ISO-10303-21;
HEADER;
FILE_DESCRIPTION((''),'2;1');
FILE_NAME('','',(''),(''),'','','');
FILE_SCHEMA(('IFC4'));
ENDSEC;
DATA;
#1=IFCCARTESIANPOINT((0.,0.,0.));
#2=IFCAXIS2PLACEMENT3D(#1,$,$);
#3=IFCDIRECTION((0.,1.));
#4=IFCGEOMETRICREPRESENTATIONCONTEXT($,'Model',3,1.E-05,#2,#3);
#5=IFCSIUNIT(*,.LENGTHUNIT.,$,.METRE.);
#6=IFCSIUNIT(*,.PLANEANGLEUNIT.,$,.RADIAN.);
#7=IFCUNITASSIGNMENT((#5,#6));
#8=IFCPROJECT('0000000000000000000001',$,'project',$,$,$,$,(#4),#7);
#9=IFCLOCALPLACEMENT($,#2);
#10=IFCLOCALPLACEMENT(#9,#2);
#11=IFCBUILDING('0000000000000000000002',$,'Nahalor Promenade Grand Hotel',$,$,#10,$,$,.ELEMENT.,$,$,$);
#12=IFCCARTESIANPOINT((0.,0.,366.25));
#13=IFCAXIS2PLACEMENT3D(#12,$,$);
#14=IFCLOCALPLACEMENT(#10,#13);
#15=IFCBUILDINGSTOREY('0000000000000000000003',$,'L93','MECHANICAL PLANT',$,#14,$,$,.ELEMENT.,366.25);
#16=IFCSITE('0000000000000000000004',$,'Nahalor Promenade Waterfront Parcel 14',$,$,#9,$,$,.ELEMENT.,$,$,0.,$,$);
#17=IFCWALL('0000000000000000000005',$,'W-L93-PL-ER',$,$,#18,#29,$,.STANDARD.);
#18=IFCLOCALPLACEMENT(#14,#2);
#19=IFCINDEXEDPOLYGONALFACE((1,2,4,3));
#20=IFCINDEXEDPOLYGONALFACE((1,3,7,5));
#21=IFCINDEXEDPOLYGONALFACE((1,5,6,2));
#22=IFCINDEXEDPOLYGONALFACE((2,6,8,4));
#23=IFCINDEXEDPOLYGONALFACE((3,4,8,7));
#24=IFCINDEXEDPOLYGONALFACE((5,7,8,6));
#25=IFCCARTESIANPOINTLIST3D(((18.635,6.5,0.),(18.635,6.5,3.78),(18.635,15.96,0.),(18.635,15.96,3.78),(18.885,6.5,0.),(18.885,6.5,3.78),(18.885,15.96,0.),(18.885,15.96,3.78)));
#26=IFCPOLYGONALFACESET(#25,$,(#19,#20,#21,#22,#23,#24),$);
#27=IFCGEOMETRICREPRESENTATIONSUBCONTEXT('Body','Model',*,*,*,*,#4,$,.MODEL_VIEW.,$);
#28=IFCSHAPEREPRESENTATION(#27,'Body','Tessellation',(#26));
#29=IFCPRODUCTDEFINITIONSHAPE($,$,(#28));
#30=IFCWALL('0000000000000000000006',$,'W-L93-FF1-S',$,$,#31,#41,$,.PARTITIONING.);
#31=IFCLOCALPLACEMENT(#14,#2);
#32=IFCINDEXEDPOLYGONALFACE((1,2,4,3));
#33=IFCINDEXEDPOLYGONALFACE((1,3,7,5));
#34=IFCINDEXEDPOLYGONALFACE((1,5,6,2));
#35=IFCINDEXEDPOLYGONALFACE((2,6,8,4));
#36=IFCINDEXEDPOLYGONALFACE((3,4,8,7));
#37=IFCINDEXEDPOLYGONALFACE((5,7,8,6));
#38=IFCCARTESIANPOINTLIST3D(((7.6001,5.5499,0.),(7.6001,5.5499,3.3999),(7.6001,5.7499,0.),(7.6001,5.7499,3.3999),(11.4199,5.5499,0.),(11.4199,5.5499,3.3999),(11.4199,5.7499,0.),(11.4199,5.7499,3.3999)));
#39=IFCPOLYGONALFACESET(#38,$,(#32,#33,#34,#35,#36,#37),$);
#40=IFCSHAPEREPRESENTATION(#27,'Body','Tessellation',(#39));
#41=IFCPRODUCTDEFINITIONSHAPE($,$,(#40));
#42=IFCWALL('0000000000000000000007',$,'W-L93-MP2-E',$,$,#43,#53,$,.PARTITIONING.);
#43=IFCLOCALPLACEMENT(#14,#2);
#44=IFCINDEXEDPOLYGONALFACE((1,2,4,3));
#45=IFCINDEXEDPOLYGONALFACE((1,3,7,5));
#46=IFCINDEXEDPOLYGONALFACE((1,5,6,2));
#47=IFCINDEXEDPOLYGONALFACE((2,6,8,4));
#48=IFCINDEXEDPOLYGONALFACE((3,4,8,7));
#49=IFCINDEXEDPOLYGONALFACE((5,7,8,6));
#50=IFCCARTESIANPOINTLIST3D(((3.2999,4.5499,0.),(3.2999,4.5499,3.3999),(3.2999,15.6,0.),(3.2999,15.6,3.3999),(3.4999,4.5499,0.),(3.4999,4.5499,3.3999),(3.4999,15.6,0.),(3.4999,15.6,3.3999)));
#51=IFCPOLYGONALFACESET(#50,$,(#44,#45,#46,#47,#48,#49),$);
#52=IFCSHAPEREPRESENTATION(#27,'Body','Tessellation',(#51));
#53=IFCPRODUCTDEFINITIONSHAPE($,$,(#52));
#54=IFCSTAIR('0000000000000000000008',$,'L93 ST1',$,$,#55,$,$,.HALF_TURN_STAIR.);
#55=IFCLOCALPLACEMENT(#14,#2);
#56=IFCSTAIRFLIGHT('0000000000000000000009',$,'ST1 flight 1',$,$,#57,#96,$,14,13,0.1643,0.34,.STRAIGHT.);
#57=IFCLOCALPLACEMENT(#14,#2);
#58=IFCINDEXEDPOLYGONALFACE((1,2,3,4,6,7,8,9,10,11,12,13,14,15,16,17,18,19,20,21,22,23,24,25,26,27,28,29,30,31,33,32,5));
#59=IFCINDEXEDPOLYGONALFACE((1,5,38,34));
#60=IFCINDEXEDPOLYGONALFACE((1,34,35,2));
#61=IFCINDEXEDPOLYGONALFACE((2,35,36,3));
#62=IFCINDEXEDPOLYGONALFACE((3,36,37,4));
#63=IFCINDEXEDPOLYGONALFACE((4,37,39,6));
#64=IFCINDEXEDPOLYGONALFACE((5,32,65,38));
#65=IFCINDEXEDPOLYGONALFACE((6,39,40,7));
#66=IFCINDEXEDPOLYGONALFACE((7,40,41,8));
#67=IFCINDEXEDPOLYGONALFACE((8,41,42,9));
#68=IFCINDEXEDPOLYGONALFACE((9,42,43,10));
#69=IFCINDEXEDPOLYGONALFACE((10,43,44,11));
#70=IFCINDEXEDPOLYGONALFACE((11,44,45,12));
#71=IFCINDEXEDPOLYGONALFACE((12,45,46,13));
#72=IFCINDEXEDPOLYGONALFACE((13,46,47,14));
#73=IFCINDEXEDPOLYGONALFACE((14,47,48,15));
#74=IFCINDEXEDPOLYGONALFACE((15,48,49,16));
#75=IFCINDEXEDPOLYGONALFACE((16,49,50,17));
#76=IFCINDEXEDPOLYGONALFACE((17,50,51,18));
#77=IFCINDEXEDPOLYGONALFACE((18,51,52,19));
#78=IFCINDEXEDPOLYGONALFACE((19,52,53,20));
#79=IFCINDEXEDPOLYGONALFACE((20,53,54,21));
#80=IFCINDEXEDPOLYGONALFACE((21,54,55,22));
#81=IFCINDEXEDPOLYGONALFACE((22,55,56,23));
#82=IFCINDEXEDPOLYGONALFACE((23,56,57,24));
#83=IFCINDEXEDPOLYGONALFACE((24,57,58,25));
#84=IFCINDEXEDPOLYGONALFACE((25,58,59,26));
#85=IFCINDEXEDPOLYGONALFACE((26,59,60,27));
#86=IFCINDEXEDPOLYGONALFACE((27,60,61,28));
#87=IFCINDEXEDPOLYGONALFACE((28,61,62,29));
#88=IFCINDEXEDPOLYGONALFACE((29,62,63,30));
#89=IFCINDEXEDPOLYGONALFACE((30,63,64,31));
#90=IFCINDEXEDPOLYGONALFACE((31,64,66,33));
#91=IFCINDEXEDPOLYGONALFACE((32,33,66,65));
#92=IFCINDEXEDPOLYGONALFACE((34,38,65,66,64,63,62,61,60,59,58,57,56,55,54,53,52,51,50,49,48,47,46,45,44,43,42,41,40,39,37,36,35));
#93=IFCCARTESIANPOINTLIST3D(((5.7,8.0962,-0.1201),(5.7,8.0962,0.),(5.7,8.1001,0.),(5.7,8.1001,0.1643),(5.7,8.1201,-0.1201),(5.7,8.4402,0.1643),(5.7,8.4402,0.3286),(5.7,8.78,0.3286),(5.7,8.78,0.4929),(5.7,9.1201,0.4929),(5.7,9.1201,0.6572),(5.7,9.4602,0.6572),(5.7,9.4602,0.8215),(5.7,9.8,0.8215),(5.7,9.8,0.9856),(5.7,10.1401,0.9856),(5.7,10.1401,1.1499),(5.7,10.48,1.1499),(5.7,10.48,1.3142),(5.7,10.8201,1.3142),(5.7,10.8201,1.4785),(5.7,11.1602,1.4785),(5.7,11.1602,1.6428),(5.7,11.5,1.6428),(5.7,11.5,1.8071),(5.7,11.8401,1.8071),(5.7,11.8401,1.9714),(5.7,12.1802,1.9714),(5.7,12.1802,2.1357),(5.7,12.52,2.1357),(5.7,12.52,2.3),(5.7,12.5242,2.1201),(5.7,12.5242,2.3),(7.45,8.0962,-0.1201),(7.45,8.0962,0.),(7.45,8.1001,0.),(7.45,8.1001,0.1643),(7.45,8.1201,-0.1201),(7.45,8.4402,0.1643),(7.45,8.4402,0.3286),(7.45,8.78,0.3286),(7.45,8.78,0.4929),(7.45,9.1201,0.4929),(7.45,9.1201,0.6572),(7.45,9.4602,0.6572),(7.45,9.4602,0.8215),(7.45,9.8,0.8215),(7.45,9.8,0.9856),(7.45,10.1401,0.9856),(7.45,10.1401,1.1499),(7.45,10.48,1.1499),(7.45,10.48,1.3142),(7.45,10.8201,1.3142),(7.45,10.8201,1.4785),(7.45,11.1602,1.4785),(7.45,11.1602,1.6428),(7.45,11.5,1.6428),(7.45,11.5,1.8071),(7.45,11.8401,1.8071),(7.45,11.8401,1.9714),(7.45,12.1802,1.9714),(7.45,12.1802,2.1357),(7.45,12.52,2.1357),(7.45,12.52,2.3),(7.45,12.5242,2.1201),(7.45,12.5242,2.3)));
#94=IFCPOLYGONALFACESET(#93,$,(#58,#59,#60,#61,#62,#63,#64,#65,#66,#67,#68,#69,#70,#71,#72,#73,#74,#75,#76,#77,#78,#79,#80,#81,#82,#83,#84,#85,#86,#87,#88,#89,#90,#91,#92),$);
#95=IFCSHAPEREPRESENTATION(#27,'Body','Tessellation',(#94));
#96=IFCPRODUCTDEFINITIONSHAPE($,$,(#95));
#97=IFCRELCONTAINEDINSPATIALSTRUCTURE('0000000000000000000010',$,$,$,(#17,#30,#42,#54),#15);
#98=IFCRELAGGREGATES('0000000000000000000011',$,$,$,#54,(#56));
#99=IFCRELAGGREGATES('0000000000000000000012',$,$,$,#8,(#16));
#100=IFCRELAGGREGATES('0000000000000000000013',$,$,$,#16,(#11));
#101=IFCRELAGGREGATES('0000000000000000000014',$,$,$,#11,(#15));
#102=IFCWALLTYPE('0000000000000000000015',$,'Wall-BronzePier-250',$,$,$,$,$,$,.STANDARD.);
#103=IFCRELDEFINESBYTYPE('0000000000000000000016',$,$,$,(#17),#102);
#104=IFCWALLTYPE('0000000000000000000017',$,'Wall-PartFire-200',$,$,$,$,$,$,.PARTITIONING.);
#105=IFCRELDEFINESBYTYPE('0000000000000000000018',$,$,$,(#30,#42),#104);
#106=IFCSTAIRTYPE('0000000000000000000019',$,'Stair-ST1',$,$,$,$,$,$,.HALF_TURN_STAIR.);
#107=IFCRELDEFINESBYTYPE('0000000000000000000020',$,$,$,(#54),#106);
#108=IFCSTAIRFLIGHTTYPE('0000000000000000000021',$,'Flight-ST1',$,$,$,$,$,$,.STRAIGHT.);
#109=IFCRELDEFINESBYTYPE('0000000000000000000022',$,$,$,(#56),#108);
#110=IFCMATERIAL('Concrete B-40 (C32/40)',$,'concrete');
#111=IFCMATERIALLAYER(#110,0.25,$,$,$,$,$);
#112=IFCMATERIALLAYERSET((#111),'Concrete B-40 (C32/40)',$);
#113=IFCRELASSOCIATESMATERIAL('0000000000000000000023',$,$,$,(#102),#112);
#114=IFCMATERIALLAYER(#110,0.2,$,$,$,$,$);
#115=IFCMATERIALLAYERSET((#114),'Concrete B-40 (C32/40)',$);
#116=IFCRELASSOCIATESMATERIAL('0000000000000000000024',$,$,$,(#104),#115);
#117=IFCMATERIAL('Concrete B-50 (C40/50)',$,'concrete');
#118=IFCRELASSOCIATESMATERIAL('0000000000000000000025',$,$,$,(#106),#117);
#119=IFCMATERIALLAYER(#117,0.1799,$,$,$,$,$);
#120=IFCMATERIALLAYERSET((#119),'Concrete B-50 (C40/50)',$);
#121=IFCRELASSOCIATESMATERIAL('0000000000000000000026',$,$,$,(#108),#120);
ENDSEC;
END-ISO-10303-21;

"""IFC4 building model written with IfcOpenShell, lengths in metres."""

from ifc_helpers import new_model, si_unit, direction, frame, frame_2d, origin, place, context, subcontext, project, spatial, polyline, rectangle, outline, extrude, source, transform, mapped, material, layer, layer_set, type_object, element, aggregate, save


model = new_model("IFC4")

# Units and contexts
model_context = context("Model", 3, precision=1e-05, world=origin(), true_north=direction((0.0, 1.0)))
body_context = subcontext(model_context, "Body", "Model", "MODEL_VIEW")
ifc_project = project(units=[si_unit("LENGTHUNIT", "METRE"), si_unit("PLANEANGLEUNIT", "RADIAN")], contexts=[model_context])

# Site, building, storey
site_placement = place(None, origin())
site = spatial("IfcSite", under=ifc_project, at=site_placement, Name="Nahalor Promenade Waterfront Parcel 14", CompositionType="ELEMENT", RefElevation=0.0)
building_placement = place(site_placement, origin())
building = spatial("IfcBuilding", under=site, at=building_placement, Name="Nahalor Promenade Grand Hotel", CompositionType="ELEMENT")
storey_placement = place(building_placement, frame((0.0, 0.0, 366.25)))
storey = spatial("IfcBuildingStorey", under=building, at=storey_placement, Name="L93", Description="MECHANICAL PLANT", CompositionType="ELEMENT", Elevation=366.25)

# Shared definitions
ifc_material_1 = material(Name="Concrete B-50 (C40/50)", Category="concrete")

# Walls
ifc_material_2 = material(Name="Concrete B-40 (C32/40)", Category="concrete")
ifc_layer_1 = layer(ifc_material_2, 0.25)
ifc_layer_set_1 = layer_set([ifc_layer_1], Name="Concrete B-40 (C32/40)")
wall_type_1 = type_object("IfcWallType", Name="Wall-BronzePier-250", PredefinedType="STANDARD", material=ifc_layer_set_1)
shared_shape_1 = source(origin(), body_context, "Body", "SweptSolid", [
    extrude(rectangle(XDim=9.46, YDim=0.25, at=frame_2d((4.73, 0.0))), origin(), (0.0, 0.0, 1.0), 3.78),
])
wall_1_placement = place(storey_placement, frame((18.76, 6.5, 0.0), z_axis=(0.0, 0.0, 1.0), x_axis=(0.0, 1.0, 0.0)))
element("IfcWall", 1, at=wall_1_placement, inside=storey, type_object=wall_type_1, Name="W-L93-PL-ER", PredefinedType="STANDARD", context=body_context, shape_type="MappedRepresentation", body=[
    mapped(shared_shape_1, transform((0.0, 0.0, 0.0), scale=1.0)),
])
ifc_layer_2 = layer(ifc_material_2, 0.2)
ifc_layer_set_2 = layer_set([ifc_layer_2], Name="Concrete B-40 (C32/40)")
wall_type_2 = type_object("IfcWallType", Name="Wall-PartFire-200", PredefinedType="PARTITIONING", material=ifc_layer_set_2)
shared_shape_2 = source(origin(), body_context, "Body", "SweptSolid", [
    extrude(rectangle(XDim=3.8198, YDim=0.2, at=frame_2d((1.9099, 0.0))), origin(), (0.0, 0.0, 1.0), 3.3999),
])
wall_2_placement = place(storey_placement, frame((7.6001, 5.6499, 0.0), z_axis=(0.0, 0.0, 1.0), x_axis=(1.0, 0.0, 0.0)))
element("IfcWall", 2, at=wall_2_placement, inside=storey, type_object=wall_type_2, Name="W-L93-FF1-S", PredefinedType="PARTITIONING", context=body_context, shape_type="MappedRepresentation", body=[
    mapped(shared_shape_2, transform((0.0, 0.0, 0.0), scale=1.0)),
])

# Wall
shared_shape_3 = source(origin(), body_context, "Body", "SweptSolid", [
    extrude(rectangle(XDim=11.05, YDim=0.2, at=frame_2d((5.5249, 0.0))), origin(), (0.0, 0.0, 1.0), 3.3999),
])
wall_3_placement = place(storey_placement, frame((3.3999, 4.55, 0.0), z_axis=(0.0, 0.0, 1.0), x_axis=(0.0, 1.0, 0.0)))
element("IfcWall", 3, at=wall_3_placement, inside=storey, type_object=wall_type_2, Name="W-L93-MP2-E", PredefinedType="PARTITIONING", context=body_context, shape_type="MappedRepresentation", body=[
    mapped(shared_shape_3, transform((0.0, 0.0, 0.0), scale=1.0)),
])

# Stair, stair flight
stair_type = type_object("IfcStairType", Name="Stair-ST1", PredefinedType="HALF_TURN_STAIR", material=ifc_material_1)
stair_placement = place(storey_placement, origin())
stair = element("IfcStair", 4, at=stair_placement, inside=storey, type_object=stair_type, Name="L93 ST1", PredefinedType="HALF_TURN_STAIR")
ifc_layer_3 = layer(ifc_material_1, 0.1799)
ifc_layer_set_3 = layer_set([ifc_layer_3], Name="Concrete B-50 (C40/50)")
stair_flight_type = type_object("IfcStairFlightType", Name="Flight-ST1", PredefinedType="STRAIGHT", material=ifc_layer_set_3)
shared_shape_4 = source(origin(), body_context, "Body", "SweptSolid", [
    extrude(outline(polyline([(-0.0039, -0.1201), (-0.0039, 0.0), (0.0, 0.0), (0.0, 0.1643), (0.3401, 0.1643), (0.3401, 0.3286), (0.6799, 0.3286), (0.6799, 0.4929), (1.02, 0.4929), (1.02, 0.6572), (1.3601, 0.6572), (1.3601, 0.8215), (1.7, 0.8215), (1.7, 0.9856), (2.04, 0.9856), (2.04, 1.1499), (2.3799, 1.1499), (2.3799, 1.3142), (2.72, 1.3142), (2.72, 1.4785), (3.0601, 1.4785), (3.0601, 1.6428), (3.3999, 1.6428), (3.3999, 1.8071), (3.74, 1.8071), (3.74, 1.9714), (4.0801, 1.9714), (4.0801, 2.1357), (4.4199, 2.1357), (4.4199, 2.3), (4.4241, 2.3), (4.4241, 2.1201), (0.02, -0.1201), (-0.0039, -0.1201)])), frame((0.0, 0.875, 0.0), z_axis=(0.0, -1.0, 0.0), x_axis=(1.0, 0.0, 0.0)), (0.0, 0.0, 1.0), 1.75),
])
stair_flight_placement = place(storey_placement, frame((6.575, 8.1001, 0.0), z_axis=(0.0, 0.0, 1.0), x_axis=(0.0, 1.0, 0.0)))
stair_flight = element("IfcStairFlight", 5, at=stair_flight_placement, type_object=stair_flight_type, Name="ST1 flight 1", NumberOfRisers=14, NumberOfTreads=13, PredefinedType="STRAIGHT", RiserHeight=0.1643, TreadLength=0.34, context=body_context, shape_type="MappedRepresentation", body=[
    mapped(shared_shape_4, transform((0.0, 0.0, 0.0), scale=1.0)),
])
aggregate(stair, [stair_flight])

save(model, "model.ifc")
